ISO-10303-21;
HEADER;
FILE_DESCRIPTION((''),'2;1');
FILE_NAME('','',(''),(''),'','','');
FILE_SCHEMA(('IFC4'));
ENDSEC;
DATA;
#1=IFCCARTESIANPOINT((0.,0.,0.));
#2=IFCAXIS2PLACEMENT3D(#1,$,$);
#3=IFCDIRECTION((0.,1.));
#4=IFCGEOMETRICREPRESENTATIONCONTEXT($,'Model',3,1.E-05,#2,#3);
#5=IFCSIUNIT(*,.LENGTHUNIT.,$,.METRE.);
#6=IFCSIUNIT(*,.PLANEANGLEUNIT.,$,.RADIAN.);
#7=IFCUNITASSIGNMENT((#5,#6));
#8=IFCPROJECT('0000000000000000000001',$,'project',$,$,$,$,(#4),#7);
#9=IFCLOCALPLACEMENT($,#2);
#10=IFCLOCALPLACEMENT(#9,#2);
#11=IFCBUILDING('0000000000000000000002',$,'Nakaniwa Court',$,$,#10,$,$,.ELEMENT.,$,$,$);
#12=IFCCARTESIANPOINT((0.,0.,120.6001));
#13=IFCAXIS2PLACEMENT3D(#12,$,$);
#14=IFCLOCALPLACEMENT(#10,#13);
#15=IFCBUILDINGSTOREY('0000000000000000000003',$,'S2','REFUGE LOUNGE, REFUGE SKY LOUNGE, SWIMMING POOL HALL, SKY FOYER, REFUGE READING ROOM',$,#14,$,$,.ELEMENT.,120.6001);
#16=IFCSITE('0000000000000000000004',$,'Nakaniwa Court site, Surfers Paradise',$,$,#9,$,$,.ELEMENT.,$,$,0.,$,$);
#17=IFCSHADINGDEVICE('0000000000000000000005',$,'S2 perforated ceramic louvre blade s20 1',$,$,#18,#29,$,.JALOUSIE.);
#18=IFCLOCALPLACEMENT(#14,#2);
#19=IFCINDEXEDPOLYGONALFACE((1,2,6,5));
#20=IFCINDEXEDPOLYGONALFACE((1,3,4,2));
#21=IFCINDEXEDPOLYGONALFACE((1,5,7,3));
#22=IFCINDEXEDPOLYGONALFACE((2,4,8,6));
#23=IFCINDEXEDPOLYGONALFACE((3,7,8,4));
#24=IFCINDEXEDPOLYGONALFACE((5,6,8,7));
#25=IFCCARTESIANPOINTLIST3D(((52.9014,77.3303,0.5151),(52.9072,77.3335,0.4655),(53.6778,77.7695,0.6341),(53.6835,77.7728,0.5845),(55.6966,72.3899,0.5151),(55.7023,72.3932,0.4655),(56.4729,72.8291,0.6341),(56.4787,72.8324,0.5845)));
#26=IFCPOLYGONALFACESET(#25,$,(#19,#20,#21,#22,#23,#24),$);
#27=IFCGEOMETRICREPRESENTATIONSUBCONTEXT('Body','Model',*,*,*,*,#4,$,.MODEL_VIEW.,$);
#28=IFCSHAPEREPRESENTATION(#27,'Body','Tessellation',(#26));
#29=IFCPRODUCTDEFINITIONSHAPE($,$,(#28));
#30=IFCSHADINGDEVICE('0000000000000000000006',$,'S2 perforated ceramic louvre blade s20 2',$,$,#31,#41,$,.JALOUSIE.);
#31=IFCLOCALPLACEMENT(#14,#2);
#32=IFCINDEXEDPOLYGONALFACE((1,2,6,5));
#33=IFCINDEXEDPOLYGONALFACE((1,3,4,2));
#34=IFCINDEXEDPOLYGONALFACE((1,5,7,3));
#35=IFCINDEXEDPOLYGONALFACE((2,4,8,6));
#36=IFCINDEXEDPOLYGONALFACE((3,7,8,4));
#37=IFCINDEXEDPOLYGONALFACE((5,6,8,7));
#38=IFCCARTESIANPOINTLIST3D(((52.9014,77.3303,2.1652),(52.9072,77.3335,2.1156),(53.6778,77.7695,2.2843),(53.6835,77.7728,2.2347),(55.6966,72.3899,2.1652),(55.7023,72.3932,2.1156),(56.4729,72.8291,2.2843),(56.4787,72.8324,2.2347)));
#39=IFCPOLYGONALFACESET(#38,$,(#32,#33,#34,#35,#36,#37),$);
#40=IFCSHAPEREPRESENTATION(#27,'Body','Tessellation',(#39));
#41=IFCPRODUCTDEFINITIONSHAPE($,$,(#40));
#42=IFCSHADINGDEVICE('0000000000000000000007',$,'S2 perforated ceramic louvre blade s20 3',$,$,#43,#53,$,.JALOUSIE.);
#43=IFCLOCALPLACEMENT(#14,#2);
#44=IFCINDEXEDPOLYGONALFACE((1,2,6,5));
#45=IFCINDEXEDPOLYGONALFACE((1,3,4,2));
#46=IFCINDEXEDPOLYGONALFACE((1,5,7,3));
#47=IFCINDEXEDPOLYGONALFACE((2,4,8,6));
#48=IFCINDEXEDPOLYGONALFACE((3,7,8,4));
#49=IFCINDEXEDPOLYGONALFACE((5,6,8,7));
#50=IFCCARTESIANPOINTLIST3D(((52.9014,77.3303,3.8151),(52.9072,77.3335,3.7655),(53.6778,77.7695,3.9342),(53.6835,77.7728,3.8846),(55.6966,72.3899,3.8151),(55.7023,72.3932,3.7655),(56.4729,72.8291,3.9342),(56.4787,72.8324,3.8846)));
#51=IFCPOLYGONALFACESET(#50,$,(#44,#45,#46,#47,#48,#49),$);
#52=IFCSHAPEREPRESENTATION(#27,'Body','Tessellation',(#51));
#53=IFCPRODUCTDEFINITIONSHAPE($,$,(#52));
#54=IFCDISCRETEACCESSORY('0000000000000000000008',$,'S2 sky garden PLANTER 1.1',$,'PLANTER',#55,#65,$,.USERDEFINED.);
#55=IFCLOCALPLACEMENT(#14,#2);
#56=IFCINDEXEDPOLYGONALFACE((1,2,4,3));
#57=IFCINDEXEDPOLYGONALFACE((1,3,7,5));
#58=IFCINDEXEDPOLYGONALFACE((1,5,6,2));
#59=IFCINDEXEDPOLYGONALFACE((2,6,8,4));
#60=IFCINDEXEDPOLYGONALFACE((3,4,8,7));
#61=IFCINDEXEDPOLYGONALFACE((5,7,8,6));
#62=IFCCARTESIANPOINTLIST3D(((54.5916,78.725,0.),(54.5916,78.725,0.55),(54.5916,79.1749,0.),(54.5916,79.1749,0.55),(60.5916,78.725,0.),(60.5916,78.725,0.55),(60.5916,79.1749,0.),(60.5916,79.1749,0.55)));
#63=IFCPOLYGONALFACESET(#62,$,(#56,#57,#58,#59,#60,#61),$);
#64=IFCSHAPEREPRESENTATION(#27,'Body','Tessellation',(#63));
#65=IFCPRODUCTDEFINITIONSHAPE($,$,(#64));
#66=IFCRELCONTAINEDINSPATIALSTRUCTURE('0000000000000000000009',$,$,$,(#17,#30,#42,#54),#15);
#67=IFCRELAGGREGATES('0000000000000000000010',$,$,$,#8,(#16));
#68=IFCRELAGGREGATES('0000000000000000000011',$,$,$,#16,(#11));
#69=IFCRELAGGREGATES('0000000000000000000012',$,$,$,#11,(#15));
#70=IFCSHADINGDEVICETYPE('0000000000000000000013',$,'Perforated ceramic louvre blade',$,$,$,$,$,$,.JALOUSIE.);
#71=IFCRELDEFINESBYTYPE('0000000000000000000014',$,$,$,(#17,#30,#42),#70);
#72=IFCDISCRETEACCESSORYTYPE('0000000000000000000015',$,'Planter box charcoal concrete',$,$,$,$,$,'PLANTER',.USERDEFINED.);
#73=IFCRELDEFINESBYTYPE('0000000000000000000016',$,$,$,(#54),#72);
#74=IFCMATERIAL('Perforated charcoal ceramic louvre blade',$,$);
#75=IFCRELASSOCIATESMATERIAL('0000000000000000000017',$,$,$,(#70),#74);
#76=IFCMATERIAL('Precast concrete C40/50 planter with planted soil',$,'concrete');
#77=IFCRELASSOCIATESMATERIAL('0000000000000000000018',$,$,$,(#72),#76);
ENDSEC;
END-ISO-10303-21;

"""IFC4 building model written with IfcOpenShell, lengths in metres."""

from ifc_helpers import new_model, si_unit, direction, frame, origin, origin_2d, place, context, subcontext, project, spatial, rectangle, extrude, material, material_profile, profile_set, type_object, element, save


model = new_model("IFC4")

# Units and contexts
model_context = context("Model", 3, precision=1e-05, world=origin(), true_north=direction((0.0, 1.0)))
body_context = subcontext(model_context, "Body", "Model", "MODEL_VIEW")
ifc_project = project(units=[si_unit("LENGTHUNIT", "METRE"), si_unit("PLANEANGLEUNIT", "RADIAN")], contexts=[model_context])

# Site, building, storey
site_placement = place(None, origin())
site = spatial("IfcSite", under=ifc_project, at=site_placement, Name="Nakaniwa Court site, Surfers Paradise", CompositionType="ELEMENT", RefElevation=0.0)
building_placement = place(site_placement, origin())
building = spatial("IfcBuilding", under=site, at=building_placement, Name="Nakaniwa Court", CompositionType="ELEMENT")
storey_placement = place(building_placement, frame((0.0, 0.0, 120.6001)))
storey = spatial("IfcBuildingStorey", under=building, at=storey_placement, Name="S2", Description="REFUGE LOUNGE, REFUGE SKY LOUNGE, SWIMMING POOL HALL, SKY FOYER, REFUGE READING ROOM", CompositionType="ELEMENT", Elevation=120.6001)

# Shading devices
ifc_material_1 = material(Name="Perforated charcoal ceramic louvre blade")
ifc_material_profile_1 = material_profile(ifc_material_1, rectangle(XDim=0.8999, YDim=0.05, at=origin_2d()), Name="Perforated ceramic louvre blade")
ifc_profile_set_1 = profile_set([ifc_material_profile_1], Name="Perforated charcoal ceramic louvre blade")
shading_device_type = type_object("IfcShadingDeviceType", Name="Perforated ceramic louvre blade", PredefinedType="JALOUSIE", material=ifc_profile_set_1)
for number, where, z_axis, x_axis, name in (
    (1, (53.2925, 77.5515, 0.5498), (0.492424, -0.870355, 0.0), (0.86271, 0.488099, 0.132256), "S2 perforated ceramic louvre blade s20 1"),
    (2, (53.2925, 77.5515, 2.2), (0.492424, -0.870355, 0.0), (0.86271, 0.488099, 0.132256), "S2 perforated ceramic louvre blade s20 2"),
    (3, (53.2925, 77.5515, 3.8499), (0.492424, -0.870355, 0.0), (0.86271, 0.488099, 0.132256), "S2 perforated ceramic louvre blade s20 3"),
):
    element("IfcShadingDevice", number, at=place(storey_placement, frame(where, z_axis=z_axis, x_axis=x_axis)), inside=storey, type_object=shading_device_type, Name=name, PredefinedType="JALOUSIE", context=body_context, shape_type="SweptSolid", body=[
        extrude(rectangle(XDim=0.8999, YDim=0.05, at=origin_2d()), origin(), (0.0, 0.0, 1.0), 5.6763),
    ])

# Discrete accessory
ifc_material_2 = material(Name="Precast concrete C40/50 planter with planted soil", Category="concrete")
discrete_accessory_type = type_object("IfcDiscreteAccessoryType", Name="Planter box charcoal concrete", ElementType="PLANTER", PredefinedType="USERDEFINED", material=ifc_material_2)
discrete_accessory_placement = place(storey_placement, frame((57.5916, 78.95, 0.0), z_axis=(0.0, 0.0, 1.0), x_axis=(1.0, 0.0, 0.0)))
element("IfcDiscreteAccessory", 4, at=discrete_accessory_placement, inside=storey, type_object=discrete_accessory_type, Name="S2 sky garden PLANTER 1.1", ObjectType="PLANTER", PredefinedType="USERDEFINED", context=body_context, shape_type="SweptSolid", body=[
    extrude(rectangle(XDim=6.0, YDim=0.45, at=origin_2d()), origin(), (0.0, 0.0, 1.0), 0.55),
])

save(model, "model.ifc")
